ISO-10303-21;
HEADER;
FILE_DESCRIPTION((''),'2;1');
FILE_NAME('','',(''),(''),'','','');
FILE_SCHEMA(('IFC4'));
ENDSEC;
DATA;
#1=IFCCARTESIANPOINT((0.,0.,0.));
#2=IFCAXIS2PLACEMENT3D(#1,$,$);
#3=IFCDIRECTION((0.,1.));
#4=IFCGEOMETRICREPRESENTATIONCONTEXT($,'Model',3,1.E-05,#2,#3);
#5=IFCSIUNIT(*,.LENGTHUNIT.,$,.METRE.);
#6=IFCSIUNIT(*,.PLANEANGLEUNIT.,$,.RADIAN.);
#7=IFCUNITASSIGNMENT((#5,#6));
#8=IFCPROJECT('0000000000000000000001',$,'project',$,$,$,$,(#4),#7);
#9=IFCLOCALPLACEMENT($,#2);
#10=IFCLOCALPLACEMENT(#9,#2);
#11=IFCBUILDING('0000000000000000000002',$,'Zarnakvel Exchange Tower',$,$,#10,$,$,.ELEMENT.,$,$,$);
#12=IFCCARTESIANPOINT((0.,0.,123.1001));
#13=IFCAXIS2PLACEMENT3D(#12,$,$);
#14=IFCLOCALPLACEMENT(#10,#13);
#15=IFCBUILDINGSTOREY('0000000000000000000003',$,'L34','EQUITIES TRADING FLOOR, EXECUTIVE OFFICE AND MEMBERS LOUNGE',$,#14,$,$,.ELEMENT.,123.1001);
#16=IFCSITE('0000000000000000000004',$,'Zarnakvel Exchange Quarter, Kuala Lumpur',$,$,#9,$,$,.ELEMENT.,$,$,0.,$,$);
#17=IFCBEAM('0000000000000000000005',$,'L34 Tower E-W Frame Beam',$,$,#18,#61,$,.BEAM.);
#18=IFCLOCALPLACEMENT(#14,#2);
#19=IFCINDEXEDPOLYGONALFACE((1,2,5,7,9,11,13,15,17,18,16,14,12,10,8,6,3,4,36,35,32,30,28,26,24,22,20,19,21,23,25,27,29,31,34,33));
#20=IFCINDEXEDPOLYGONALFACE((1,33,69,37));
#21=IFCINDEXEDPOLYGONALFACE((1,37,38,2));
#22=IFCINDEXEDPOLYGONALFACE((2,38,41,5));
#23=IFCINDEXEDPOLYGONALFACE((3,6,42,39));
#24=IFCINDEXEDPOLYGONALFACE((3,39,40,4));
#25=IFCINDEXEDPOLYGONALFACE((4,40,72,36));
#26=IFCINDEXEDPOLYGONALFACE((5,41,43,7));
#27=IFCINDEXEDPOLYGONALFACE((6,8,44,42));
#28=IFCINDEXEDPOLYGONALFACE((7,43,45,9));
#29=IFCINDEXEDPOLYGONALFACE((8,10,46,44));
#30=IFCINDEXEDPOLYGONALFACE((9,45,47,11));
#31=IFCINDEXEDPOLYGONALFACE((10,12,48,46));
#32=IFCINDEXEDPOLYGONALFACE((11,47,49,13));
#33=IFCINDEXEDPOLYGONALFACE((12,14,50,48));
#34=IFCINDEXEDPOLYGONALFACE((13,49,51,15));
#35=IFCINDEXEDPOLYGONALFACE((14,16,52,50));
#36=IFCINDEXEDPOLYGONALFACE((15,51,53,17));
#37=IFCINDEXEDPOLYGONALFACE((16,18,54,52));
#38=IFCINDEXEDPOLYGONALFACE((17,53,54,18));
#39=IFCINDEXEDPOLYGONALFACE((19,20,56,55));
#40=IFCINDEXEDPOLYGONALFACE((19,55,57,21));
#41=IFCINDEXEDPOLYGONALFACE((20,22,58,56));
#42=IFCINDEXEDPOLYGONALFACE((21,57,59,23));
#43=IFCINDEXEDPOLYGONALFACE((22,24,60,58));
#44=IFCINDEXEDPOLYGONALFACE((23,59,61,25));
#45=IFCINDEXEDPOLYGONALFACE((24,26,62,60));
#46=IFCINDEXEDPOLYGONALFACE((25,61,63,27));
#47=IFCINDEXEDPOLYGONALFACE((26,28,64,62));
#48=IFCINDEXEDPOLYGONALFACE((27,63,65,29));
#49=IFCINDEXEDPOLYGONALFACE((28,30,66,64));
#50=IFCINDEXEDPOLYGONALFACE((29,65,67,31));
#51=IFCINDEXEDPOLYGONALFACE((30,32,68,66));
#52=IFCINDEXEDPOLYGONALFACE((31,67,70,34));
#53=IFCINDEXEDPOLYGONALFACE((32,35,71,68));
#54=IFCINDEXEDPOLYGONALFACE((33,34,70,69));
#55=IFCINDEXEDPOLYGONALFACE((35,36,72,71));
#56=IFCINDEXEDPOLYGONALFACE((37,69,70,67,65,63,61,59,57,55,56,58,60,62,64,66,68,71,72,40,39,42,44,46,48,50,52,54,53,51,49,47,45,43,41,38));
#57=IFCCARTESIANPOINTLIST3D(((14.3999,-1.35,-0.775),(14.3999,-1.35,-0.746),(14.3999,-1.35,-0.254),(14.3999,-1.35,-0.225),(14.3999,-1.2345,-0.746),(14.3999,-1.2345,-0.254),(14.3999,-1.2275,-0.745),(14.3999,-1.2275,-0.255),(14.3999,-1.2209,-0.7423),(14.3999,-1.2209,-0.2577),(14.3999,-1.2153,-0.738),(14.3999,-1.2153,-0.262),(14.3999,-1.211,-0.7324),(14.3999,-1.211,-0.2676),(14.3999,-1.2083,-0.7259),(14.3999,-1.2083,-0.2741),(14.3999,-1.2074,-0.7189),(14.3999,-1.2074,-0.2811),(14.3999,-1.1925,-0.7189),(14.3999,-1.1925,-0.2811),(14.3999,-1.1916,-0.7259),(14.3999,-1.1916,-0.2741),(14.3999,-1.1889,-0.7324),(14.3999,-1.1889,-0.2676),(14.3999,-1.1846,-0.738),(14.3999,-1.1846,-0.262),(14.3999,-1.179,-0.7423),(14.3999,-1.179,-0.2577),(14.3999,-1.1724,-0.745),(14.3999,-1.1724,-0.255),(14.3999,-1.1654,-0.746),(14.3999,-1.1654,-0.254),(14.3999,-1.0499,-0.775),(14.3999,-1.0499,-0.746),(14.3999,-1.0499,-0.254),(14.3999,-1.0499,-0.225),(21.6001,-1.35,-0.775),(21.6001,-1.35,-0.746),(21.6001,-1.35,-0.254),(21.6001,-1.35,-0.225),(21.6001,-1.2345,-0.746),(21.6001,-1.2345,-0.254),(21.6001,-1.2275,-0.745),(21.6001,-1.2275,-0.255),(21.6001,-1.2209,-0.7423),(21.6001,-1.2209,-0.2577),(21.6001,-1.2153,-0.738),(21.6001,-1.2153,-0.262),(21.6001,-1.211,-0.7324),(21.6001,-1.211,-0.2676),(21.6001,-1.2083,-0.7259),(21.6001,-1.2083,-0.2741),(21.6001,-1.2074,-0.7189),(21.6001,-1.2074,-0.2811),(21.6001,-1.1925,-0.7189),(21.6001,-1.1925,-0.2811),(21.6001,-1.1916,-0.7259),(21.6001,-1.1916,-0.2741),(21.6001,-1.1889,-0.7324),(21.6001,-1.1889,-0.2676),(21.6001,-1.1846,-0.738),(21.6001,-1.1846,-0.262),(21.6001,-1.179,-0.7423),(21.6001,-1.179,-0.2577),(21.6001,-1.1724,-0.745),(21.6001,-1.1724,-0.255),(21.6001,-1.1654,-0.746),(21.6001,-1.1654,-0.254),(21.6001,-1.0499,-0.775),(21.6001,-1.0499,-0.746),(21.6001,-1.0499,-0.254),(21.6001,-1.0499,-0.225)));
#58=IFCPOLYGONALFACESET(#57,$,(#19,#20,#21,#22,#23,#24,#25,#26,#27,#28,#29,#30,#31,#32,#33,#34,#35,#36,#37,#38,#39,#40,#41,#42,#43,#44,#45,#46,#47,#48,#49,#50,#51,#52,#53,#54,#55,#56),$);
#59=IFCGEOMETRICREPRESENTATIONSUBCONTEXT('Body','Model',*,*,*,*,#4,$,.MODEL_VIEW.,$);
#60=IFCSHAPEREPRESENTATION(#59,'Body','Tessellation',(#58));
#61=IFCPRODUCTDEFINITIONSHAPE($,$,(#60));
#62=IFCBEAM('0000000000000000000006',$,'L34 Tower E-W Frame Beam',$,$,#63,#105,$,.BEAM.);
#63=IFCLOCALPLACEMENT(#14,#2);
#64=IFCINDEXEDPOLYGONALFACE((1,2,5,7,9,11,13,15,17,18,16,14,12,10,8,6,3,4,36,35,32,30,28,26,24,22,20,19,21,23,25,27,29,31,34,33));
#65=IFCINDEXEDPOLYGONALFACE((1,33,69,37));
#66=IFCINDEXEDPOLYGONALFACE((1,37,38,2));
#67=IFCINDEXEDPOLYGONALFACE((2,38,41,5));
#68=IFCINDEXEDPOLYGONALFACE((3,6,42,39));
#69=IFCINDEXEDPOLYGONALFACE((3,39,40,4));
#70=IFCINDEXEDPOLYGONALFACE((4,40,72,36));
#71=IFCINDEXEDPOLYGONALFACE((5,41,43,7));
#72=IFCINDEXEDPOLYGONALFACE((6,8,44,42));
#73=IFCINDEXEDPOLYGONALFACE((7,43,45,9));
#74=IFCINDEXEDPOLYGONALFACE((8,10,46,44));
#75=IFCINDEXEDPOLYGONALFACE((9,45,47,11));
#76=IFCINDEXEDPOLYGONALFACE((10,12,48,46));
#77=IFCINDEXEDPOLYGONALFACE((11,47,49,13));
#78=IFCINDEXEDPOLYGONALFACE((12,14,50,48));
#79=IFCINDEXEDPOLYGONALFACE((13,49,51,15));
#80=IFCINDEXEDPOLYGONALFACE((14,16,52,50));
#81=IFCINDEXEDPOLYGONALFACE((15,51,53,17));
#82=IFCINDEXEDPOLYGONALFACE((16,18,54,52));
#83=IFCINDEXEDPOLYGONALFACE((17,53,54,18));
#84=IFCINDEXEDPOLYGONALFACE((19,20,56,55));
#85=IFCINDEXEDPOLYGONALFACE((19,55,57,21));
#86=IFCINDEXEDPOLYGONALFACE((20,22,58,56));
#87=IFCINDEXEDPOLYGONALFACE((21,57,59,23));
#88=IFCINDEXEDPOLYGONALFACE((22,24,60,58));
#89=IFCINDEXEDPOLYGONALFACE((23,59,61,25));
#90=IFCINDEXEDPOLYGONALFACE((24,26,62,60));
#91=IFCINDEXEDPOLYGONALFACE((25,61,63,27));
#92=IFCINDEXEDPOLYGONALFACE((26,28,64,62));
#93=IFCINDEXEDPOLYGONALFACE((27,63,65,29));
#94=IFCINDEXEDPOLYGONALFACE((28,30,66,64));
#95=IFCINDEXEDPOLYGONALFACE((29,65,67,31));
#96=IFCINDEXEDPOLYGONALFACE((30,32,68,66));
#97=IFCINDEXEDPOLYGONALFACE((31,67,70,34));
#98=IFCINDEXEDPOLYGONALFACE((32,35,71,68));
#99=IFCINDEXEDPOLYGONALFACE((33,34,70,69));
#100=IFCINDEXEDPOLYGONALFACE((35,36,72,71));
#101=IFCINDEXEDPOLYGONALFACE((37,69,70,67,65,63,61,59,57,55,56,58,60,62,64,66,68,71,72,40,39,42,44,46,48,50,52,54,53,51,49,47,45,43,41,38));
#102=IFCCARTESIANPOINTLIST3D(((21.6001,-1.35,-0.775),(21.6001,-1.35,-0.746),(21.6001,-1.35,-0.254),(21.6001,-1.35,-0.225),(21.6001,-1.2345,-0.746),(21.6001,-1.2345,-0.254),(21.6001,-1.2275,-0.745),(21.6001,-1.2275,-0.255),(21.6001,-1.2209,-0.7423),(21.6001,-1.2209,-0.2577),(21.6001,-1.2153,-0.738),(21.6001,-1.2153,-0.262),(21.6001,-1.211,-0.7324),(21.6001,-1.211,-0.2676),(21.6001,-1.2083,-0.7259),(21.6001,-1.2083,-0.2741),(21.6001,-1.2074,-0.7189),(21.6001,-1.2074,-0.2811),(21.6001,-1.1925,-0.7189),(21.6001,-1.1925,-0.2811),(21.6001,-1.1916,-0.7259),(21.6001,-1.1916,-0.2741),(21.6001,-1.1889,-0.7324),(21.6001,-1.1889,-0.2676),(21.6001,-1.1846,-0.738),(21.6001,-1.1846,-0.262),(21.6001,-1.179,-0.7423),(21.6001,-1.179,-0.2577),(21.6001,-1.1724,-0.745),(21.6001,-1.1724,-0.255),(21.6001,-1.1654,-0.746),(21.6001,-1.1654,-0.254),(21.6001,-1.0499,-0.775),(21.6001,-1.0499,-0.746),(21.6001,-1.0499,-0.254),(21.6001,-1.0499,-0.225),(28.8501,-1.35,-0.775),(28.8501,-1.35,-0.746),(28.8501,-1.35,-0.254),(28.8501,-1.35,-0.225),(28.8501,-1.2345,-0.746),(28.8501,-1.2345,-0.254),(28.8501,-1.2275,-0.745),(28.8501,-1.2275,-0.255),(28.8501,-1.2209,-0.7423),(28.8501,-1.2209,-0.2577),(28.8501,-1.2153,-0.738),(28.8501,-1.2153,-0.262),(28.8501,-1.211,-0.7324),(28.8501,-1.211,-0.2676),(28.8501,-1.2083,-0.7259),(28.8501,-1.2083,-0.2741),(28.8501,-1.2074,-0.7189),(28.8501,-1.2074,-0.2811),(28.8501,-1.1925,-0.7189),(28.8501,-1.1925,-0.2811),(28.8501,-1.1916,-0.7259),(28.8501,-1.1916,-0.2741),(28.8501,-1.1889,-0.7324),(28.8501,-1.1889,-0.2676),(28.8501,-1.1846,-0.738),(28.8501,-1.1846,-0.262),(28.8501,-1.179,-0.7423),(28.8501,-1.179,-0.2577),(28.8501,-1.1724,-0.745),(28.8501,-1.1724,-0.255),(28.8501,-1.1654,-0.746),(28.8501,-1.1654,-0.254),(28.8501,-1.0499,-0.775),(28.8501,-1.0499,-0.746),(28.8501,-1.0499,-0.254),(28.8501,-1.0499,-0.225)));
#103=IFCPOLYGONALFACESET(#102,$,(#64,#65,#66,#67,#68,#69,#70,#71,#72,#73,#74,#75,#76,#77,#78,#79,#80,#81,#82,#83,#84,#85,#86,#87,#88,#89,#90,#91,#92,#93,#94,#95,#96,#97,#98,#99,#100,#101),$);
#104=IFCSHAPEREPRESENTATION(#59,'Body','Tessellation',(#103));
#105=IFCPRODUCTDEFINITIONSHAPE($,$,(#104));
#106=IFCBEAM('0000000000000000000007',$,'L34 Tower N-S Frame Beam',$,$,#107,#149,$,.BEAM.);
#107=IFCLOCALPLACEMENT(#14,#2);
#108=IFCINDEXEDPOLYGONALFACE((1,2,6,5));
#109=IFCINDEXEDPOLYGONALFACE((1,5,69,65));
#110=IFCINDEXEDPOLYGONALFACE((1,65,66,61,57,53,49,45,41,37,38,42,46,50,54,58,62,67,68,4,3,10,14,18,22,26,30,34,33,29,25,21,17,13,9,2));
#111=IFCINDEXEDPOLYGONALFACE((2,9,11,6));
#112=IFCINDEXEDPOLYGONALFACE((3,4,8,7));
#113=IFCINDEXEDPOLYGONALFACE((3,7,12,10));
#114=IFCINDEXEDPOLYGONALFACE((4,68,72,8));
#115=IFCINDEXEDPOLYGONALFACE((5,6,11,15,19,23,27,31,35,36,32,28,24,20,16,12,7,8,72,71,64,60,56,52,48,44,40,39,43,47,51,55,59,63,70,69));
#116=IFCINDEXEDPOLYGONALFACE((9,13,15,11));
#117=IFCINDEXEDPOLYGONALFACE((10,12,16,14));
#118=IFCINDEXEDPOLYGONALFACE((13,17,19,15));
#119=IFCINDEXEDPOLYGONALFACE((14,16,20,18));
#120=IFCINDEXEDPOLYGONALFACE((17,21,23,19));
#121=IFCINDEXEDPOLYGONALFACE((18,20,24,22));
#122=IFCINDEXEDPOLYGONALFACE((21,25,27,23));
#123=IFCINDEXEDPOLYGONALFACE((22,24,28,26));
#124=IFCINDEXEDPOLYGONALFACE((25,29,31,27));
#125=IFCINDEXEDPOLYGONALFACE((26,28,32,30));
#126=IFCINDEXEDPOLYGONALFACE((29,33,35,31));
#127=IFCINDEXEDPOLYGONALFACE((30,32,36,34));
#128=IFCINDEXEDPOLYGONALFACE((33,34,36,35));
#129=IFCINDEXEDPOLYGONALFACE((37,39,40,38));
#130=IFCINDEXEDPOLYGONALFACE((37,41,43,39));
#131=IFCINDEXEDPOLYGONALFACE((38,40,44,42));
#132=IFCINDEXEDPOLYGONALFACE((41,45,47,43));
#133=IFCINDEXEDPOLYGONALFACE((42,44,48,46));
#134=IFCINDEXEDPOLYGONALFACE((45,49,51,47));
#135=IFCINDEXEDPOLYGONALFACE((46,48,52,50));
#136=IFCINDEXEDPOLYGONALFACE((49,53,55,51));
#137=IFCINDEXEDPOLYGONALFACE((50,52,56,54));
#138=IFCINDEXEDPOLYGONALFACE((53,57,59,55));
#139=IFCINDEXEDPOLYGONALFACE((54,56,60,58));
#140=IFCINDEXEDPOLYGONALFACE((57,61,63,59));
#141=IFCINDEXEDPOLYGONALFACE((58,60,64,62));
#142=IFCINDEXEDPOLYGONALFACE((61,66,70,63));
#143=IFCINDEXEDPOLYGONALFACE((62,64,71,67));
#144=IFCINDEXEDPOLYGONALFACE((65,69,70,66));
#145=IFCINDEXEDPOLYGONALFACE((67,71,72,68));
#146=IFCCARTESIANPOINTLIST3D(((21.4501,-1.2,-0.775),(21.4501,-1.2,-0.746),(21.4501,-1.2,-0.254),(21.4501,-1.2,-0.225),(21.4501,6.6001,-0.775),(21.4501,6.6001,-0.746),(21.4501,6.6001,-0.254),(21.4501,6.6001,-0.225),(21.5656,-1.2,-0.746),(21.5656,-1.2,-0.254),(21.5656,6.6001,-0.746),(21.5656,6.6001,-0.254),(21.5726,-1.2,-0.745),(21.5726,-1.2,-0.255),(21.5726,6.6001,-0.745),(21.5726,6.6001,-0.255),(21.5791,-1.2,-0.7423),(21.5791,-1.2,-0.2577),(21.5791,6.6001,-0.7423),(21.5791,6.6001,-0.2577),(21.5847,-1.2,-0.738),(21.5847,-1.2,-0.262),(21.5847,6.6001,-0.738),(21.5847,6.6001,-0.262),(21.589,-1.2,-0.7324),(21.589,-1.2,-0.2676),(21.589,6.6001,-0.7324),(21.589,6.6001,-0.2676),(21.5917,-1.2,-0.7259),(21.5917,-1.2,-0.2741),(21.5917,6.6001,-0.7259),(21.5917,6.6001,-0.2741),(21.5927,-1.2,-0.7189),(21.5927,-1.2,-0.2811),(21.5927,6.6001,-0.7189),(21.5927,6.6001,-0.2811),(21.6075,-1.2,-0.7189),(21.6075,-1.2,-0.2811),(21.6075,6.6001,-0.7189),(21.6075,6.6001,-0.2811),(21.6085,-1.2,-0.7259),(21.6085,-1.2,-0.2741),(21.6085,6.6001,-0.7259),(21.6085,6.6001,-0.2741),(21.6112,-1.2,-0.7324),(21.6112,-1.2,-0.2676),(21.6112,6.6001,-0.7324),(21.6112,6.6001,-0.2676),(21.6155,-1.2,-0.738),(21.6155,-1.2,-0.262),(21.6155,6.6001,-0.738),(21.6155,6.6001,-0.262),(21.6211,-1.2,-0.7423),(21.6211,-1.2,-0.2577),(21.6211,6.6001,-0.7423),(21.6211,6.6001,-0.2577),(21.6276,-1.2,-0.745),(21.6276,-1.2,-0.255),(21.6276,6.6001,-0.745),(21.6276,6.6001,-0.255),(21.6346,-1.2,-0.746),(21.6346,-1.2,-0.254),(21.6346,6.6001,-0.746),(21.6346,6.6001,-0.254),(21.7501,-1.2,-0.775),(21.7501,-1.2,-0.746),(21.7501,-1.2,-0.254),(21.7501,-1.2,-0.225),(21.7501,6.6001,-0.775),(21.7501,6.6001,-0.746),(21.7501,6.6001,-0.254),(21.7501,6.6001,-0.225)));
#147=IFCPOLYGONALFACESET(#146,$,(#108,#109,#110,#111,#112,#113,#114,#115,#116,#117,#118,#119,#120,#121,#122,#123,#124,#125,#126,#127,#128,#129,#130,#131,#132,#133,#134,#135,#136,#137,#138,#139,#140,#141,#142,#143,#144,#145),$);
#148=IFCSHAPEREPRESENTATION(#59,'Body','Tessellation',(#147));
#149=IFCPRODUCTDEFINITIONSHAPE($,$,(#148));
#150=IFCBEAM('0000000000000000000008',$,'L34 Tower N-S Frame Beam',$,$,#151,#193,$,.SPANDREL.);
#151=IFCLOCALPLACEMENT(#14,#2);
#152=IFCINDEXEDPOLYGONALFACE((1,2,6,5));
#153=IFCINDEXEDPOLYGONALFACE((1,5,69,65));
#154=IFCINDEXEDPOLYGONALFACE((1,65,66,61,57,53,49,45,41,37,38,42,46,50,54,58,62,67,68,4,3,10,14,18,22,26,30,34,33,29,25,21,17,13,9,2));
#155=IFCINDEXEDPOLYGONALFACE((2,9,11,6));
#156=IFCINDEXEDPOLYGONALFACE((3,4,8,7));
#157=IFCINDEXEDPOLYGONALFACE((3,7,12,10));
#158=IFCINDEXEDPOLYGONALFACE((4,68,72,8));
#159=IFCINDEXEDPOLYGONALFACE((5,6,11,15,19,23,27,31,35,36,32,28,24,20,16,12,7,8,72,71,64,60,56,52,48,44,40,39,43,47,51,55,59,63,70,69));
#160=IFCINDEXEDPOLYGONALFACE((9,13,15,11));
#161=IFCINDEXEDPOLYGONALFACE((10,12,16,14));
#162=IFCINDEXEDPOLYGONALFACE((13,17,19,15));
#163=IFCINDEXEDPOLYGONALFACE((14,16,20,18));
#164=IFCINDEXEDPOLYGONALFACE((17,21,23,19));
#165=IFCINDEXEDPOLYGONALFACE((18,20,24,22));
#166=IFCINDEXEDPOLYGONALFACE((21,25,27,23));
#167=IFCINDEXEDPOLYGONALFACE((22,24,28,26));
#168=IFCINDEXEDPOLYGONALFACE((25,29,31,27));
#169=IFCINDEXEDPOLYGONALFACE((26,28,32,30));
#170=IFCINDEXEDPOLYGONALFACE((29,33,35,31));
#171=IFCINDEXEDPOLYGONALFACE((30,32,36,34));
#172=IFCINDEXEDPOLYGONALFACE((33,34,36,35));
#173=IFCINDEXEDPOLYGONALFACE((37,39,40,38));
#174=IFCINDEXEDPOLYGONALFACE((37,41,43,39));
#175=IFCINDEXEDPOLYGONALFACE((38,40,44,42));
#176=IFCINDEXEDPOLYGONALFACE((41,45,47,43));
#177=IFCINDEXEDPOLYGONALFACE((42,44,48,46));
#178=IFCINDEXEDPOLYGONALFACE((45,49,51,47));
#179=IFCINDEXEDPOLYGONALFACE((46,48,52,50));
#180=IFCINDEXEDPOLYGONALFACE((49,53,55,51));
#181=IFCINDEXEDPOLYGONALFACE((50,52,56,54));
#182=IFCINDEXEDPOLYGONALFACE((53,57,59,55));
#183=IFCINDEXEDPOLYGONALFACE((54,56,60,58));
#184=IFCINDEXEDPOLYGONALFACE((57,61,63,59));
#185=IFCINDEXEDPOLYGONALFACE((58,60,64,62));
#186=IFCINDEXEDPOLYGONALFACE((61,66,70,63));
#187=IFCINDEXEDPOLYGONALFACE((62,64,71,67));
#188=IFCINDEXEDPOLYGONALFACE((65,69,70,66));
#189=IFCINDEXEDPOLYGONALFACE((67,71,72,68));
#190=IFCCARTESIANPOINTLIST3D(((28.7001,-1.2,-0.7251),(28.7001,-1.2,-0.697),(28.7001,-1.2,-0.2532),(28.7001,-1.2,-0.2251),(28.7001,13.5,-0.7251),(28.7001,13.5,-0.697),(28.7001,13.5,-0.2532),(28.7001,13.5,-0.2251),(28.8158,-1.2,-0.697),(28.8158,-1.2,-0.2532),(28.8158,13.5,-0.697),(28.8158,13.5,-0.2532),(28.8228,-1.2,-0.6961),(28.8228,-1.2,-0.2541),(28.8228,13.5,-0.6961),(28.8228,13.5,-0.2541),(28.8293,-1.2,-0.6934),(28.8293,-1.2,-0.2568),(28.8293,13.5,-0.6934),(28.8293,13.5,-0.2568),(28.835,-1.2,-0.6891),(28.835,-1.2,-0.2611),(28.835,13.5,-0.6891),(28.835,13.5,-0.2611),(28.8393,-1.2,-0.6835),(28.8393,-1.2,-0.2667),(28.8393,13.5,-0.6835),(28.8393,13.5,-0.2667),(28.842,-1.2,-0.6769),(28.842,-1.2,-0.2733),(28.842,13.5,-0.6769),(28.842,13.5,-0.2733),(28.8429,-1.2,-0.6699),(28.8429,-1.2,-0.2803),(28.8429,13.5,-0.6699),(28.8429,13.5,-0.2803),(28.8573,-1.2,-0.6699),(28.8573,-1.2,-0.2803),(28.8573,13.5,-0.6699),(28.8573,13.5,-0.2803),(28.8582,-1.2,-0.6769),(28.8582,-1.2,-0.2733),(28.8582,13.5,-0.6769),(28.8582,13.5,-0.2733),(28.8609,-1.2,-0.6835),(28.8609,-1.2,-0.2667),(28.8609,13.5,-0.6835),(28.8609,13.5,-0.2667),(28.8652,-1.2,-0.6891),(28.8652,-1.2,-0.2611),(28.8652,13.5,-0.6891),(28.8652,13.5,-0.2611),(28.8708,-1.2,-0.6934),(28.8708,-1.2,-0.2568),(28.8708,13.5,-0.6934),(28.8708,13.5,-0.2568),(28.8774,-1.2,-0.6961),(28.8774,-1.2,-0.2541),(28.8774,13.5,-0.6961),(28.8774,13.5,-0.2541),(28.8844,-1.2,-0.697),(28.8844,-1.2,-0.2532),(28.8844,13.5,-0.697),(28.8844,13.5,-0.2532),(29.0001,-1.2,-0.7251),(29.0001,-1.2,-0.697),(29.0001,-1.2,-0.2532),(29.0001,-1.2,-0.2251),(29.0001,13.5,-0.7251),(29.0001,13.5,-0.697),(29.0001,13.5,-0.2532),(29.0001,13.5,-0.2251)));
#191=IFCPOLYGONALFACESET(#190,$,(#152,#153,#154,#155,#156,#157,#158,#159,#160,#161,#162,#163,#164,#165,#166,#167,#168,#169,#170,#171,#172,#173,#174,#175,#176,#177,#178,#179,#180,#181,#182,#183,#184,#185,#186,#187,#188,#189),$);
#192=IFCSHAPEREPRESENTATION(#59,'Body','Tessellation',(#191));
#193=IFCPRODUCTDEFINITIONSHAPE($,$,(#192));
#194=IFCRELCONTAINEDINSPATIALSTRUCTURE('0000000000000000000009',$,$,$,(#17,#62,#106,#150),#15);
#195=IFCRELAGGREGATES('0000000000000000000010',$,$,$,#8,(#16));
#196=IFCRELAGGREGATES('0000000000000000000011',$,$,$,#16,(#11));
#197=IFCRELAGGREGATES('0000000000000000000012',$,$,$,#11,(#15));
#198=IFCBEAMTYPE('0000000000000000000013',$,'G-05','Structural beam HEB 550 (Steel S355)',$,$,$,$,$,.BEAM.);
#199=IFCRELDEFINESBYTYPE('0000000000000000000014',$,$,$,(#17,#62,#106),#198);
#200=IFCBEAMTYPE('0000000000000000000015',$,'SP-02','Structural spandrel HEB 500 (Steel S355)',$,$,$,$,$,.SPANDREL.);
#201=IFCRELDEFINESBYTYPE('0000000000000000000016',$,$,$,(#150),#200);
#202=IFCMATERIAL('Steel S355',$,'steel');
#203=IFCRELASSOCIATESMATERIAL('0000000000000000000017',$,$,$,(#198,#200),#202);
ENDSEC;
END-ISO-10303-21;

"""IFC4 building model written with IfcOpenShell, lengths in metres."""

from ifc_helpers import new_model, si_unit, direction, frame, origin, origin_2d, place, context, subcontext, project, spatial, i_section, extrude, material, material_profile, profile_set, type_object, element, save


model = new_model("IFC4")

# Units and contexts
model_context = context("Model", 3, precision=1e-05, world=origin(), true_north=direction((0.0, 1.0)))
body_context = subcontext(model_context, "Body", "Model", "MODEL_VIEW")
ifc_project = project(units=[si_unit("LENGTHUNIT", "METRE"), si_unit("PLANEANGLEUNIT", "RADIAN")], contexts=[model_context])

# Site, building, storey
site_placement = place(None, origin())
site = spatial("IfcSite", under=ifc_project, at=site_placement, Name="Zarnakvel Exchange Quarter, Kuala Lumpur", CompositionType="ELEMENT", RefElevation=0.0)
building_placement = place(site_placement, origin())
building = spatial("IfcBuilding", under=site, at=building_placement, Name="Zarnakvel Exchange Tower", CompositionType="ELEMENT")
storey_placement = place(building_placement, frame((0.0, 0.0, 123.1001)))
storey = spatial("IfcBuildingStorey", under=building, at=storey_placement, Name="L34", Description="EQUITIES TRADING FLOOR, EXECUTIVE OFFICE AND MEMBERS LOUNGE", CompositionType="ELEMENT", Elevation=123.1001)

# Shared definitions
ifc_material_1 = material(Name="Steel S355", Category="steel")

# Beams
ifc_material_profile_1 = material_profile(ifc_material_1, i_section(OverallWidth=0.3, OverallDepth=0.55, WebThickness=0.0149, FlangeThickness=0.0291, FilletRadius=0.0271, at=origin_2d()))
ifc_profile_set_1 = profile_set([ifc_material_profile_1], Name="Steel S355")
beam_type_1 = type_object("IfcBeamType", Name="G-05", Description="Structural beam HEB 550 (Steel S355)", PredefinedType="BEAM", material=ifc_profile_set_1)
beam_1_placement = place(storey_placement, frame((14.3999, -1.2, -0.5), z_axis=(1.0, 0.0, 0.0), x_axis=(0.0, 1.0, 0.0)))
element("IfcBeam", 1, at=beam_1_placement, inside=storey, type_object=beam_type_1, Name="L34 Tower E-W Frame Beam", PredefinedType="BEAM", context=body_context, shape_type="SweptSolid", body=[
    extrude(i_section(OverallWidth=0.3, OverallDepth=0.55, WebThickness=0.0149, FlangeThickness=0.0291, FilletRadius=0.0271, at=origin_2d()), origin(), (0.0, 0.0, 1.0), 7.2002),
])
beam_2_placement = place(storey_placement, frame((21.6001, -1.2, -0.5), z_axis=(1.0, 0.0, 0.0), x_axis=(0.0, 1.0, 0.0)))
element("IfcBeam", 2, at=beam_2_placement, inside=storey, type_object=beam_type_1, Name="L34 Tower E-W Frame Beam", PredefinedType="BEAM", context=body_context, shape_type="SweptSolid", body=[
    extrude(i_section(OverallWidth=0.3, OverallDepth=0.55, WebThickness=0.0149, FlangeThickness=0.0291, FilletRadius=0.0271, at=origin_2d()), origin(), (0.0, 0.0, 1.0), 7.25),
])
beam_3_placement = place(storey_placement, frame((21.6001, -1.2, -0.5), z_axis=(0.0, 1.0, 0.0), x_axis=(-1.0, 0.0, 0.0)))
element("IfcBeam", 3, at=beam_3_placement, inside=storey, type_object=beam_type_1, Name="L34 Tower N-S Frame Beam", PredefinedType="BEAM", context=body_context, shape_type="SweptSolid", body=[
    extrude(i_section(OverallWidth=0.3, OverallDepth=0.55, WebThickness=0.0149, FlangeThickness=0.0291, FilletRadius=0.0271, at=origin_2d()), origin(), (0.0, 0.0, 1.0), 7.8),
])
ifc_material_profile_2 = material_profile(ifc_material_1, i_section(OverallWidth=0.3, OverallDepth=0.5, WebThickness=0.0144, FlangeThickness=0.0281, FilletRadius=0.0271, at=origin_2d()))
ifc_profile_set_2 = profile_set([ifc_material_profile_2], Name="Steel S355")
beam_type_2 = type_object("IfcBeamType", Name="SP-02", Description="Structural spandrel HEB 500 (Steel S355)", PredefinedType="SPANDREL", material=ifc_profile_set_2)
beam_4_placement = place(storey_placement, frame((28.8501, -1.2, -0.4751), z_axis=(0.0, 1.0, 0.0), x_axis=(-1.0, 0.0, 0.0)))
element("IfcBeam", 4, at=beam_4_placement, inside=storey, type_object=beam_type_2, Name="L34 Tower N-S Frame Beam", PredefinedType="SPANDREL", context=body_context, shape_type="SweptSolid", body=[
    extrude(i_section(OverallWidth=0.3, OverallDepth=0.5, WebThickness=0.0144, FlangeThickness=0.0281, FilletRadius=0.0271, at=origin_2d()), origin(), (0.0, 0.0, 1.0), 14.7),
])

save(model, "model.ifc")
